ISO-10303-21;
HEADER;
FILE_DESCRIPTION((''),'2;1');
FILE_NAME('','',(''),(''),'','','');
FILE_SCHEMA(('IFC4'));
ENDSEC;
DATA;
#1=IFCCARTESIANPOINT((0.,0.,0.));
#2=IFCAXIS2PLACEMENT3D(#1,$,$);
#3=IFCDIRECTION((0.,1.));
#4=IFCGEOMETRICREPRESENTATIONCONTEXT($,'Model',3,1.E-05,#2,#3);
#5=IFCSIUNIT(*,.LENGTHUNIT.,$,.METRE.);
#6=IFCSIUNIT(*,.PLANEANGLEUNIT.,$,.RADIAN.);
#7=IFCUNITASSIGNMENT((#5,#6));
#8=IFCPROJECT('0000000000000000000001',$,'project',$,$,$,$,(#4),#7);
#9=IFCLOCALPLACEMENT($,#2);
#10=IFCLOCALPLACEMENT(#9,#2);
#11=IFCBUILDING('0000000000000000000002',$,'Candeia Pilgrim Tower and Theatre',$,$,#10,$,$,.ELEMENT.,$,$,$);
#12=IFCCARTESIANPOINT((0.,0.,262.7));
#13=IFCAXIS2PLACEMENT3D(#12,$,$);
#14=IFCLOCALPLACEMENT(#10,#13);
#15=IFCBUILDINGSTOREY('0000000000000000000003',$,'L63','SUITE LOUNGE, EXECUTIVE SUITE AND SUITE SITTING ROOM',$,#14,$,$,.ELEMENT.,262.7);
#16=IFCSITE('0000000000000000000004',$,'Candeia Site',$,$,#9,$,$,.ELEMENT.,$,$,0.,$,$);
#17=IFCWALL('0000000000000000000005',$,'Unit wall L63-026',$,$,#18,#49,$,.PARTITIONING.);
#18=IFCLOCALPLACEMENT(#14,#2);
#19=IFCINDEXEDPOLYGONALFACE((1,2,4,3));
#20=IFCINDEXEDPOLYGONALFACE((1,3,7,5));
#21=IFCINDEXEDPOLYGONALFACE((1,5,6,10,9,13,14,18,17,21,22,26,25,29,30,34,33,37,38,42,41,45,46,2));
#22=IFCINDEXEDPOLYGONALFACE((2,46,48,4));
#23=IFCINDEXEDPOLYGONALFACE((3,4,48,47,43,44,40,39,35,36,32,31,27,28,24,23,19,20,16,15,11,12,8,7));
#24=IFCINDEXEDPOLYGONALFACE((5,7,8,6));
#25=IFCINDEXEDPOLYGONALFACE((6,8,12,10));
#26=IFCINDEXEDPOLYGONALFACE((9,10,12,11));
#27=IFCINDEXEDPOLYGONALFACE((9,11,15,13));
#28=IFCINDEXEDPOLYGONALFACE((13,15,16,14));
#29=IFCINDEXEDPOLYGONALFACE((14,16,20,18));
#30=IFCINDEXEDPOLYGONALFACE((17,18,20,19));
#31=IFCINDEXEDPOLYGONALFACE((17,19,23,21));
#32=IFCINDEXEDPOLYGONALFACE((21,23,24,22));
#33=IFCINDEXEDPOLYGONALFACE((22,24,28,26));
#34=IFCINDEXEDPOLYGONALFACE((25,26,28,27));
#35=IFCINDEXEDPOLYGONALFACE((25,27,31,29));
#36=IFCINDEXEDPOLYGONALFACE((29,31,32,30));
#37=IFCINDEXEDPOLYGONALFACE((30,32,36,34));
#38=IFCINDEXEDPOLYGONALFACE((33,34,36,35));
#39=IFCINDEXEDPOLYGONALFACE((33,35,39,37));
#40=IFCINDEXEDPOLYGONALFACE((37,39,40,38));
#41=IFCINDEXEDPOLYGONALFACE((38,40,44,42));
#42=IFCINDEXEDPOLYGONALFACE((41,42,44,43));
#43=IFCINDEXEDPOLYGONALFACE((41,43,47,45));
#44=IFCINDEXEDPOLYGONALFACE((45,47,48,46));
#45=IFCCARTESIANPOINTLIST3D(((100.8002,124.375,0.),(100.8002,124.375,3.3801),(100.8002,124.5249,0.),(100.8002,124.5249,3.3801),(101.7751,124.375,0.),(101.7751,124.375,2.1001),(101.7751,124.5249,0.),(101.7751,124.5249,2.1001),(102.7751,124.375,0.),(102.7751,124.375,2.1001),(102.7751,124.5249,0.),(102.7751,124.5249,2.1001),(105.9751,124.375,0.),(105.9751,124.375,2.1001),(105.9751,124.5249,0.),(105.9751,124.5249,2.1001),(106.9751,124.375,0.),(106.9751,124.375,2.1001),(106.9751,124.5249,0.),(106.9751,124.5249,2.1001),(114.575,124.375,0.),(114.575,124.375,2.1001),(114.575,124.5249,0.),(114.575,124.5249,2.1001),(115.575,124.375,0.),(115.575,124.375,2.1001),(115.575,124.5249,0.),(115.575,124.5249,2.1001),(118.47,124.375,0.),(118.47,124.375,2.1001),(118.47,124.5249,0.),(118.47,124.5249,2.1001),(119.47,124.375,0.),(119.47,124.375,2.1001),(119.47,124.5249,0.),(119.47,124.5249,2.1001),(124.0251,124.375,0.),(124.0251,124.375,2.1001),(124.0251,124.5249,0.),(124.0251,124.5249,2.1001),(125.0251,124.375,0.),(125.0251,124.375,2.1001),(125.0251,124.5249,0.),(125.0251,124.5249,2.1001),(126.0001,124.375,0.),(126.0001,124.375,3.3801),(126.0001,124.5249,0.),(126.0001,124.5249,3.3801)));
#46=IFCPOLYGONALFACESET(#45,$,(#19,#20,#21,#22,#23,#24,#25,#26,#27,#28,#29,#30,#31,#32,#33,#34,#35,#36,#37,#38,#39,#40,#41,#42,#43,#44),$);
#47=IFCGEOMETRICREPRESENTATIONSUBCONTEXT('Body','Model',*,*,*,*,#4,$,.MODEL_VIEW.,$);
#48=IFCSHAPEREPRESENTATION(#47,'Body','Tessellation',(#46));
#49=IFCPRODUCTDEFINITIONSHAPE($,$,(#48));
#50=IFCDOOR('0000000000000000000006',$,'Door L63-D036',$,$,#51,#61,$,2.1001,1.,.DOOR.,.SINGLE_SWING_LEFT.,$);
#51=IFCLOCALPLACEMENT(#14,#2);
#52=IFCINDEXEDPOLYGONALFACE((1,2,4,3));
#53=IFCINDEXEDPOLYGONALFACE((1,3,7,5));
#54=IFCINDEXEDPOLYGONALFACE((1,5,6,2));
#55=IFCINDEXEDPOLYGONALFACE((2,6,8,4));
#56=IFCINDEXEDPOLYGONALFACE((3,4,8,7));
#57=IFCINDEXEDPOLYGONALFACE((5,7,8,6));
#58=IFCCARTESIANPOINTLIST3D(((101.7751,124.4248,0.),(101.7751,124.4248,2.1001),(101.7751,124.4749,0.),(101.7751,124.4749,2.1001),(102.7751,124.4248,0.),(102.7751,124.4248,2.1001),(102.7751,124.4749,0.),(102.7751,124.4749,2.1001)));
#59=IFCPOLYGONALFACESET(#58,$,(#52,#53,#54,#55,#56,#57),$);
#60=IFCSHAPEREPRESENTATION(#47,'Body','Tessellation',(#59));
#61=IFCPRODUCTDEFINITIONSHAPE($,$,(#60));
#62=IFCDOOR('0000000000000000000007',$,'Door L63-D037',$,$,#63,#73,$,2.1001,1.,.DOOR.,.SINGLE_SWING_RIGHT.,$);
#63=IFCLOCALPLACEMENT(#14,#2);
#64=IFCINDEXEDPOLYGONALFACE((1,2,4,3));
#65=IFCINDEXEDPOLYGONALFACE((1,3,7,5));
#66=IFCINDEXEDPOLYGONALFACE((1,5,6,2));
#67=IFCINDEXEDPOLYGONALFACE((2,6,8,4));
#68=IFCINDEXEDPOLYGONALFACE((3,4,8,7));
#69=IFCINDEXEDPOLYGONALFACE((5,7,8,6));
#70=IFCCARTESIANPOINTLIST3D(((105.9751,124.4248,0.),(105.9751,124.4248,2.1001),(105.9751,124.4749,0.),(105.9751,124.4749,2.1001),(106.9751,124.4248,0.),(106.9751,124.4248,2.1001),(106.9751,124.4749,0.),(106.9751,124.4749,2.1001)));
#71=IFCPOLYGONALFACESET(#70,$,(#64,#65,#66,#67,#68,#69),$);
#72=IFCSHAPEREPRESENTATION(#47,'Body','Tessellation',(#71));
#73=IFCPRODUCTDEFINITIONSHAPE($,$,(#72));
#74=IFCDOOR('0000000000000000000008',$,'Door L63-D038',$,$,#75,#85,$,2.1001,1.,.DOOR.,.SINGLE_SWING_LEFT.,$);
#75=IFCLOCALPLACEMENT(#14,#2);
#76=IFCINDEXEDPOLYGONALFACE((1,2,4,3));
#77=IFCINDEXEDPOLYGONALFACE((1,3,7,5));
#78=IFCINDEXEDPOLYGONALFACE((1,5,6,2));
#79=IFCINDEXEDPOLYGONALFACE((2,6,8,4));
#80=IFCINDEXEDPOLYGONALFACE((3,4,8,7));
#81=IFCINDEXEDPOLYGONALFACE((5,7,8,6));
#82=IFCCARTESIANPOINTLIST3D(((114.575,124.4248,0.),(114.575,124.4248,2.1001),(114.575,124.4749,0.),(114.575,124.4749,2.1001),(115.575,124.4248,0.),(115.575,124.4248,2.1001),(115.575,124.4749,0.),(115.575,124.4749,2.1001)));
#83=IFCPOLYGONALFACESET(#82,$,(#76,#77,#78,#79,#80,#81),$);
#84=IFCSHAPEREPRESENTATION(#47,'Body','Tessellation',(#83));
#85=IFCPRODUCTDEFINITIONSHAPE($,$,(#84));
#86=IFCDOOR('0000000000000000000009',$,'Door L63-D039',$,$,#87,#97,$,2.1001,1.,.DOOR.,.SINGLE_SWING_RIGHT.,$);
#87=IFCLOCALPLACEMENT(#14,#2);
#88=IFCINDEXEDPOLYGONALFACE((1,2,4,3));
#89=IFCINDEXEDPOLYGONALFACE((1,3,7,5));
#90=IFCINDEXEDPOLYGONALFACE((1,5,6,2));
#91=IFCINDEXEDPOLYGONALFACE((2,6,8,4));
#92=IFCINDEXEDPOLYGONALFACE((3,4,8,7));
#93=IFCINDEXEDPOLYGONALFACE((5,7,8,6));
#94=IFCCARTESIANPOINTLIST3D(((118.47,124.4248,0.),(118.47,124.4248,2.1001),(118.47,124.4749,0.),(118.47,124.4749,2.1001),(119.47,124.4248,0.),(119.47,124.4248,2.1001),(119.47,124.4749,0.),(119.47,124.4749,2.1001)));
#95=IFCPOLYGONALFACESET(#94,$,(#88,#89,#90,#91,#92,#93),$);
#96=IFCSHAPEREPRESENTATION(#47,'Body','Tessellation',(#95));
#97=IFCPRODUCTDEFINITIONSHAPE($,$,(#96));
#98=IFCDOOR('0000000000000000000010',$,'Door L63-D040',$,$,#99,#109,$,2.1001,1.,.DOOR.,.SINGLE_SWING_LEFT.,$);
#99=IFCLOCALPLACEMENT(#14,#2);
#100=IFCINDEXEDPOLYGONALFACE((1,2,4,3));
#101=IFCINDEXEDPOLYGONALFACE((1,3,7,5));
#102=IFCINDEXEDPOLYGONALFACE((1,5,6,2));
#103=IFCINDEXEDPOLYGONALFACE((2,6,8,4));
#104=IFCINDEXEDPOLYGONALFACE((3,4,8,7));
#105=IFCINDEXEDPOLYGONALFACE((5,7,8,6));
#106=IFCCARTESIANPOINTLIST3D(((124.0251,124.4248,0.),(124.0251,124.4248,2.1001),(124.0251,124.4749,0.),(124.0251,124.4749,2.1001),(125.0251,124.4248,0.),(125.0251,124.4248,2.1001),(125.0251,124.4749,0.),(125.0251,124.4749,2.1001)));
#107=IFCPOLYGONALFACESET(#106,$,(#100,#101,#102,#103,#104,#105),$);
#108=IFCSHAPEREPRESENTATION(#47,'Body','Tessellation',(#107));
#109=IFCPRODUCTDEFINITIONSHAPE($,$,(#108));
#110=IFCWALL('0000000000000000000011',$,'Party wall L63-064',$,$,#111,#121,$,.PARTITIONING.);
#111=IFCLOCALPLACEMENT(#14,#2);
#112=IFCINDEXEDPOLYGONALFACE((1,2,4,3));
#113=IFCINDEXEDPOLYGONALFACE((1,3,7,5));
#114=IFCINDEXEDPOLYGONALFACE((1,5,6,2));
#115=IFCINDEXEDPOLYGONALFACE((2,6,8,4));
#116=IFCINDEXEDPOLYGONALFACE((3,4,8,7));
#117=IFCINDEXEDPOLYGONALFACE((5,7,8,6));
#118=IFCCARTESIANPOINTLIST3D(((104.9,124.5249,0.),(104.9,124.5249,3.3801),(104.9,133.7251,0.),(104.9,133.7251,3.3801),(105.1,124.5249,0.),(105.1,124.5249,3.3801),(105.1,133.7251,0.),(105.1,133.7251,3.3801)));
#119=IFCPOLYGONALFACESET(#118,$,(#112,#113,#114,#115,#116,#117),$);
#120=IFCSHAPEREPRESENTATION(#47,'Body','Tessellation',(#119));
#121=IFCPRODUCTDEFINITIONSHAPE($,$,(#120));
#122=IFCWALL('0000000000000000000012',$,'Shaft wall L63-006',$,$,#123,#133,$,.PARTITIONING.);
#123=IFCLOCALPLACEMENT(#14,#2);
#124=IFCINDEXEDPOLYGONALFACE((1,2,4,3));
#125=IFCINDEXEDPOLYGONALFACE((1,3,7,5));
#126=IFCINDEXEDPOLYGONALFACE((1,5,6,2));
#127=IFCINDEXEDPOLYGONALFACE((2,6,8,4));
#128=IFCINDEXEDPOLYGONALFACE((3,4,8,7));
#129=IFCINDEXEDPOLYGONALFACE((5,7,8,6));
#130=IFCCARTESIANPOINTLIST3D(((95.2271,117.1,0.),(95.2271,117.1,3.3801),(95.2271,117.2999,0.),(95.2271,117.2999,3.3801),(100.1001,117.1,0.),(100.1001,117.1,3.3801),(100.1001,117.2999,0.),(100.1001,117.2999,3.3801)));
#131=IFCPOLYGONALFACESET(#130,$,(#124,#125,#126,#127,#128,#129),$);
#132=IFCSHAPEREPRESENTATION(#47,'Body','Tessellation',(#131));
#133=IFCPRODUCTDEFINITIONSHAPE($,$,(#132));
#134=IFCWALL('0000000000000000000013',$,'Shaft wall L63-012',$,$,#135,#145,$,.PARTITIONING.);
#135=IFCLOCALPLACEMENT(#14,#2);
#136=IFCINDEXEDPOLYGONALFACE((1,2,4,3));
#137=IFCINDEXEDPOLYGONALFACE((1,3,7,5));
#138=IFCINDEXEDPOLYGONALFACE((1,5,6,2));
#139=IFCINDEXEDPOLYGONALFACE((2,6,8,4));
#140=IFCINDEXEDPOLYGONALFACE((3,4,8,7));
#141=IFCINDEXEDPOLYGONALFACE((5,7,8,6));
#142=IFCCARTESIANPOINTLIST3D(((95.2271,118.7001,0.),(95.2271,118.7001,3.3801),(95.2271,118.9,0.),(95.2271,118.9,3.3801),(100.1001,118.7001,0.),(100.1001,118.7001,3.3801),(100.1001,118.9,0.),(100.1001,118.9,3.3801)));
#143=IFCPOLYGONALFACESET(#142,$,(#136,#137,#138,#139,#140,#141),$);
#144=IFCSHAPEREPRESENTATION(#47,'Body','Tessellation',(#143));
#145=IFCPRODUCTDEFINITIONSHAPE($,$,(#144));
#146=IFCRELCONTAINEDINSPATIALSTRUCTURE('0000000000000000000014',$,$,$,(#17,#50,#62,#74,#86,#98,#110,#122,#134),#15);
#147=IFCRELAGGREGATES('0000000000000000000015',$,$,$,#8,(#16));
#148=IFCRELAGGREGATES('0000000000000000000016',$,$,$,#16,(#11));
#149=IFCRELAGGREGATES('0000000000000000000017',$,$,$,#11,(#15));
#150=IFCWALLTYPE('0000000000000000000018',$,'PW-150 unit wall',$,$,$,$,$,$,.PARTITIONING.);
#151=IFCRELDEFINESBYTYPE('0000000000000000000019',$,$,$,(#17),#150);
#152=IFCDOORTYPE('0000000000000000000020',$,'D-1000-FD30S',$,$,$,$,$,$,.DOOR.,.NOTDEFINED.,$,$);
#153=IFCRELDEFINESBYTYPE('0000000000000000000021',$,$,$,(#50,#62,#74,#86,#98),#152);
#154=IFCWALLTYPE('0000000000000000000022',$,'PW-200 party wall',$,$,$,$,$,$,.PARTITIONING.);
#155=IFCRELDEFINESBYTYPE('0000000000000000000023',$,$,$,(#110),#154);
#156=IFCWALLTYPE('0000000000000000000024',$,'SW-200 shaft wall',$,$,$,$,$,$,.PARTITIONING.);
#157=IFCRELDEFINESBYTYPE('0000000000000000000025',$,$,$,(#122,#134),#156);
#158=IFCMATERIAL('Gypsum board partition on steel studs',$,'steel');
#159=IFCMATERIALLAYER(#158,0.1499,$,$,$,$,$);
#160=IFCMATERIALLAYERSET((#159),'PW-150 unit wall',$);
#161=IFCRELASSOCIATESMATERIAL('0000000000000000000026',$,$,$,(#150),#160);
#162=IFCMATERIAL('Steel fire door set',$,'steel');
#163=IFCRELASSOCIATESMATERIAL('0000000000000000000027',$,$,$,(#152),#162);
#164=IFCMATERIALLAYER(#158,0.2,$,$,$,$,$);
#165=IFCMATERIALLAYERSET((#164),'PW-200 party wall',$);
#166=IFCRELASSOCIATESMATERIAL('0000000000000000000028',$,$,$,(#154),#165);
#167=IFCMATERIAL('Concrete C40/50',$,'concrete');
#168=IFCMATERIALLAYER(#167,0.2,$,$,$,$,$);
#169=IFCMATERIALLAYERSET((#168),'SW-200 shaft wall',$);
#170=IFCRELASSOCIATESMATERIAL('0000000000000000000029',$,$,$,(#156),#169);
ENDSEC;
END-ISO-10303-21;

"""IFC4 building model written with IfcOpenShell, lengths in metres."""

from ifc_helpers import new_model, si_unit, direction, frame, frame_2d, origin, place, context, subcontext, project, spatial, rectangle, extrude, material, layer, layer_set, type_object, element, fill, save


model = new_model("IFC4")

# Units and contexts
model_context = context("Model", 3, precision=1e-05, world=origin(), true_north=direction((0.0, 1.0)))
body_context = subcontext(model_context, "Body", "Model", "MODEL_VIEW")
ifc_project = project(units=[si_unit("LENGTHUNIT", "METRE"), si_unit("PLANEANGLEUNIT", "RADIAN")], contexts=[model_context])

# Site, building, storey
site_placement = place(None, origin())
site = spatial("IfcSite", under=ifc_project, at=site_placement, Name="Candeia Site", CompositionType="ELEMENT", RefElevation=0.0)
building_placement = place(site_placement, origin())
building = spatial("IfcBuilding", under=site, at=building_placement, Name="Candeia Pilgrim Tower and Theatre", CompositionType="ELEMENT")
storey_placement = place(building_placement, frame((0.0, 0.0, 262.7)))
storey = spatial("IfcBuildingStorey", under=building, at=storey_placement, Name="L63", Description="SUITE LOUNGE, EXECUTIVE SUITE AND SUITE SITTING ROOM", CompositionType="ELEMENT", Elevation=262.7)

# Shared definitions
ifc_material_1 = material(Name="Concrete C40/50", Category="concrete")
ifc_material_2 = material(Name="Gypsum board partition on steel studs", Category="steel")

# Wall, openings, doors
ifc_layer_1 = layer(ifc_material_2, 0.1499)
ifc_layer_set_1 = layer_set([ifc_layer_1], Name="PW-150 unit wall")
wall_type_1 = type_object("IfcWallType", Name="PW-150 unit wall", PredefinedType="PARTITIONING", material=ifc_layer_set_1)
ifc_material_3 = material(Name="Steel fire door set", Category="steel")
door_type_1 = type_object("IfcDoorType", Name="D-1000-FD30S", OperationType="NOTDEFINED", PredefinedType="DOOR", material=ifc_material_3)
wall_1_placement = place(storey_placement, frame((100.8, 124.45, 0.0), z_axis=(0.0, 0.0, 1.0), x_axis=(1.0, 0.0, 0.0)))
wall_1 = element("IfcWall", 1, at=wall_1_placement, inside=storey, type_object=wall_type_1, Name="Unit wall L63-026", PredefinedType="PARTITIONING", context=body_context, shape_type="SweptSolid", body=[
    extrude(rectangle(XDim=25.2, YDim=0.1499, at=frame_2d((12.6001, 0.0))), origin(), (0.0, 0.0, 1.0), 3.3801),
])
opening_1_placement = place(wall_1_placement, frame((0.9751, 0.0, 0.0)))
opening_1 = element("IfcOpeningElement", 2, at=opening_1_placement, cuts=wall_1, PredefinedType="OPENING", context=body_context, shape_type="SweptSolid", body=[
    extrude(rectangle(XDim=1.0, YDim=2.1001, at=frame_2d((0.5, 1.05))), frame((0.0, 0.085, 0.0), z_axis=(0.0, -1.0, 0.0), x_axis=(1.0, 0.0, 0.0)), (0.0, 0.0, 1.0), 0.1699),
])
opening_2_placement = place(wall_1_placement, frame((5.175, 0.0, 0.0)))
opening_2 = element("IfcOpeningElement", 3, at=opening_2_placement, cuts=wall_1, PredefinedType="OPENING", context=body_context, shape_type="SweptSolid", body=[
    extrude(rectangle(XDim=1.0, YDim=2.1001, at=frame_2d((0.5, 1.05))), frame((0.0, 0.085, 0.0), z_axis=(0.0, -1.0, 0.0), x_axis=(1.0, 0.0, 0.0)), (0.0, 0.0, 1.0), 0.1699),
])
opening_3_placement = place(wall_1_placement, frame((13.7749, 0.0, 0.0)))
opening_3 = element("IfcOpeningElement", 4, at=opening_3_placement, cuts=wall_1, PredefinedType="OPENING", context=body_context, shape_type="SweptSolid", body=[
    extrude(rectangle(XDim=1.0, YDim=2.1001, at=frame_2d((0.5, 1.05))), frame((0.0, 0.085, 0.0), z_axis=(0.0, -1.0, 0.0), x_axis=(1.0, 0.0, 0.0)), (0.0, 0.0, 1.0), 0.1699),
])
opening_4_placement = place(wall_1_placement, frame((17.6699, 0.0, 0.0)))
opening_4 = element("IfcOpeningElement", 5, at=opening_4_placement, cuts=wall_1, PredefinedType="OPENING", context=body_context, shape_type="SweptSolid", body=[
    extrude(rectangle(XDim=1.0, YDim=2.1001, at=frame_2d((0.5, 1.05))), frame((0.0, 0.085, 0.0), z_axis=(0.0, -1.0, 0.0), x_axis=(1.0, 0.0, 0.0)), (0.0, 0.0, 1.0), 0.1699),
])
opening_5_placement = place(wall_1_placement, frame((23.2251, 0.0, 0.0)))
opening_5 = element("IfcOpeningElement", 6, at=opening_5_placement, cuts=wall_1, PredefinedType="OPENING", context=body_context, shape_type="SweptSolid", body=[
    extrude(rectangle(XDim=1.0, YDim=2.1001, at=frame_2d((0.5, 1.05))), frame((0.0, 0.085, 0.0), z_axis=(0.0, -1.0, 0.0), x_axis=(1.0, 0.0, 0.0)), (0.0, 0.0, 1.0), 0.1699),
])
door_1_placement = place(opening_1_placement, origin())
door_1 = element("IfcDoor", 7, at=door_1_placement, inside=storey, type_object=door_type_1, Name="Door L63-D036", OperationType="SINGLE_SWING_LEFT", OverallHeight=2.1001, OverallWidth=1.0, PredefinedType="DOOR", context=body_context, shape_type="SweptSolid", body=[
    extrude(rectangle(XDim=1.0, YDim=2.1001, at=frame_2d((0.5, 1.05))), frame((0.0, 0.0249, 0.0), z_axis=(0.0, -1.0, 0.0), x_axis=(1.0, 0.0, 0.0)), (0.0, 0.0, 1.0), 0.05),
])
fill(opening_1, door_1)
door_2_placement = place(opening_2_placement, origin())
door_2 = element("IfcDoor", 8, at=door_2_placement, inside=storey, type_object=door_type_1, Name="Door L63-D037", OperationType="SINGLE_SWING_RIGHT", OverallHeight=2.1001, OverallWidth=1.0, PredefinedType="DOOR", context=body_context, shape_type="SweptSolid", body=[
    extrude(rectangle(XDim=1.0, YDim=2.1001, at=frame_2d((0.5, 1.05))), frame((0.0, 0.0249, 0.0), z_axis=(0.0, -1.0, 0.0), x_axis=(1.0, 0.0, 0.0)), (0.0, 0.0, 1.0), 0.05),
])
fill(opening_2, door_2)
door_3_placement = place(opening_3_placement, origin())
door_3 = element("IfcDoor", 9, at=door_3_placement, inside=storey, type_object=door_type_1, Name="Door L63-D038", OperationType="SINGLE_SWING_LEFT", OverallHeight=2.1001, OverallWidth=1.0, PredefinedType="DOOR", context=body_context, shape_type="SweptSolid", body=[
    extrude(rectangle(XDim=1.0, YDim=2.1001, at=frame_2d((0.5, 1.05))), frame((0.0, 0.0249, 0.0), z_axis=(0.0, -1.0, 0.0), x_axis=(1.0, 0.0, 0.0)), (0.0, 0.0, 1.0), 0.05),
])
fill(opening_3, door_3)
door_4_placement = place(opening_4_placement, origin())
door_4 = element("IfcDoor", 10, at=door_4_placement, inside=storey, type_object=door_type_1, Name="Door L63-D039", OperationType="SINGLE_SWING_RIGHT", OverallHeight=2.1001, OverallWidth=1.0, PredefinedType="DOOR", context=body_context, shape_type="SweptSolid", body=[
    extrude(rectangle(XDim=1.0, YDim=2.1001, at=frame_2d((0.5, 1.05))), frame((0.0, 0.0249, 0.0), z_axis=(0.0, -1.0, 0.0), x_axis=(1.0, 0.0, 0.0)), (0.0, 0.0, 1.0), 0.05),
])
fill(opening_4, door_4)
door_5_placement = place(opening_5_placement, origin())
door_5 = element("IfcDoor", 11, at=door_5_placement, inside=storey, type_object=door_type_1, Name="Door L63-D040", OperationType="SINGLE_SWING_LEFT", OverallHeight=2.1001, OverallWidth=1.0, PredefinedType="DOOR", context=body_context, shape_type="SweptSolid", body=[
    extrude(rectangle(XDim=1.0, YDim=2.1001, at=frame_2d((0.5, 1.05))), frame((0.0, 0.0249, 0.0), z_axis=(0.0, -1.0, 0.0), x_axis=(1.0, 0.0, 0.0)), (0.0, 0.0, 1.0), 0.05),
])
fill(opening_5, door_5)

# Walls
ifc_layer_2 = layer(ifc_material_2, 0.2)
ifc_layer_set_2 = layer_set([ifc_layer_2], Name="PW-200 party wall")
wall_type_2 = type_object("IfcWallType", Name="PW-200 party wall", PredefinedType="PARTITIONING", material=ifc_layer_set_2)
wall_2_placement = place(storey_placement, frame((105.0, 124.5249, 0.0), z_axis=(0.0, 0.0, 1.0), x_axis=(0.0, 1.0, 0.0)))
element("IfcWall", 12, at=wall_2_placement, inside=storey, type_object=wall_type_2, Name="Party wall L63-064", PredefinedType="PARTITIONING", context=body_context, shape_type="SweptSolid", body=[
    extrude(rectangle(XDim=9.2002, YDim=0.2, at=frame_2d((4.6001, 0.0))), origin(), (0.0, 0.0, 1.0), 3.3801),
])
ifc_layer_3 = layer(ifc_material_1, 0.2)
ifc_layer_set_3 = layer_set([ifc_layer_3], Name="SW-200 shaft wall")
wall_type_3 = type_object("IfcWallType", Name="SW-200 shaft wall", PredefinedType="PARTITIONING", material=ifc_layer_set_3)
for number, where, z_axis, x_axis, name in (
    (13, (95.2271, 117.2, 0.0), (0.0, 0.0, 1.0), (1.0, 0.0, 0.0), "Shaft wall L63-006"),
    (14, (95.2271, 118.8, 0.0), (0.0, 0.0, 1.0), (1.0, 0.0, 0.0), "Shaft wall L63-012"),
):
    element("IfcWall", number, at=place(storey_placement, frame(where, z_axis=z_axis, x_axis=x_axis)), inside=storey, type_object=wall_type_3, Name=name, PredefinedType="PARTITIONING", context=body_context, shape_type="SweptSolid", body=[
        extrude(rectangle(XDim=4.873, YDim=0.2, at=frame_2d((2.4365, 0.0))), origin(), (0.0, 0.0, 1.0), 3.3801),
    ])

save(model, "model.ifc")
